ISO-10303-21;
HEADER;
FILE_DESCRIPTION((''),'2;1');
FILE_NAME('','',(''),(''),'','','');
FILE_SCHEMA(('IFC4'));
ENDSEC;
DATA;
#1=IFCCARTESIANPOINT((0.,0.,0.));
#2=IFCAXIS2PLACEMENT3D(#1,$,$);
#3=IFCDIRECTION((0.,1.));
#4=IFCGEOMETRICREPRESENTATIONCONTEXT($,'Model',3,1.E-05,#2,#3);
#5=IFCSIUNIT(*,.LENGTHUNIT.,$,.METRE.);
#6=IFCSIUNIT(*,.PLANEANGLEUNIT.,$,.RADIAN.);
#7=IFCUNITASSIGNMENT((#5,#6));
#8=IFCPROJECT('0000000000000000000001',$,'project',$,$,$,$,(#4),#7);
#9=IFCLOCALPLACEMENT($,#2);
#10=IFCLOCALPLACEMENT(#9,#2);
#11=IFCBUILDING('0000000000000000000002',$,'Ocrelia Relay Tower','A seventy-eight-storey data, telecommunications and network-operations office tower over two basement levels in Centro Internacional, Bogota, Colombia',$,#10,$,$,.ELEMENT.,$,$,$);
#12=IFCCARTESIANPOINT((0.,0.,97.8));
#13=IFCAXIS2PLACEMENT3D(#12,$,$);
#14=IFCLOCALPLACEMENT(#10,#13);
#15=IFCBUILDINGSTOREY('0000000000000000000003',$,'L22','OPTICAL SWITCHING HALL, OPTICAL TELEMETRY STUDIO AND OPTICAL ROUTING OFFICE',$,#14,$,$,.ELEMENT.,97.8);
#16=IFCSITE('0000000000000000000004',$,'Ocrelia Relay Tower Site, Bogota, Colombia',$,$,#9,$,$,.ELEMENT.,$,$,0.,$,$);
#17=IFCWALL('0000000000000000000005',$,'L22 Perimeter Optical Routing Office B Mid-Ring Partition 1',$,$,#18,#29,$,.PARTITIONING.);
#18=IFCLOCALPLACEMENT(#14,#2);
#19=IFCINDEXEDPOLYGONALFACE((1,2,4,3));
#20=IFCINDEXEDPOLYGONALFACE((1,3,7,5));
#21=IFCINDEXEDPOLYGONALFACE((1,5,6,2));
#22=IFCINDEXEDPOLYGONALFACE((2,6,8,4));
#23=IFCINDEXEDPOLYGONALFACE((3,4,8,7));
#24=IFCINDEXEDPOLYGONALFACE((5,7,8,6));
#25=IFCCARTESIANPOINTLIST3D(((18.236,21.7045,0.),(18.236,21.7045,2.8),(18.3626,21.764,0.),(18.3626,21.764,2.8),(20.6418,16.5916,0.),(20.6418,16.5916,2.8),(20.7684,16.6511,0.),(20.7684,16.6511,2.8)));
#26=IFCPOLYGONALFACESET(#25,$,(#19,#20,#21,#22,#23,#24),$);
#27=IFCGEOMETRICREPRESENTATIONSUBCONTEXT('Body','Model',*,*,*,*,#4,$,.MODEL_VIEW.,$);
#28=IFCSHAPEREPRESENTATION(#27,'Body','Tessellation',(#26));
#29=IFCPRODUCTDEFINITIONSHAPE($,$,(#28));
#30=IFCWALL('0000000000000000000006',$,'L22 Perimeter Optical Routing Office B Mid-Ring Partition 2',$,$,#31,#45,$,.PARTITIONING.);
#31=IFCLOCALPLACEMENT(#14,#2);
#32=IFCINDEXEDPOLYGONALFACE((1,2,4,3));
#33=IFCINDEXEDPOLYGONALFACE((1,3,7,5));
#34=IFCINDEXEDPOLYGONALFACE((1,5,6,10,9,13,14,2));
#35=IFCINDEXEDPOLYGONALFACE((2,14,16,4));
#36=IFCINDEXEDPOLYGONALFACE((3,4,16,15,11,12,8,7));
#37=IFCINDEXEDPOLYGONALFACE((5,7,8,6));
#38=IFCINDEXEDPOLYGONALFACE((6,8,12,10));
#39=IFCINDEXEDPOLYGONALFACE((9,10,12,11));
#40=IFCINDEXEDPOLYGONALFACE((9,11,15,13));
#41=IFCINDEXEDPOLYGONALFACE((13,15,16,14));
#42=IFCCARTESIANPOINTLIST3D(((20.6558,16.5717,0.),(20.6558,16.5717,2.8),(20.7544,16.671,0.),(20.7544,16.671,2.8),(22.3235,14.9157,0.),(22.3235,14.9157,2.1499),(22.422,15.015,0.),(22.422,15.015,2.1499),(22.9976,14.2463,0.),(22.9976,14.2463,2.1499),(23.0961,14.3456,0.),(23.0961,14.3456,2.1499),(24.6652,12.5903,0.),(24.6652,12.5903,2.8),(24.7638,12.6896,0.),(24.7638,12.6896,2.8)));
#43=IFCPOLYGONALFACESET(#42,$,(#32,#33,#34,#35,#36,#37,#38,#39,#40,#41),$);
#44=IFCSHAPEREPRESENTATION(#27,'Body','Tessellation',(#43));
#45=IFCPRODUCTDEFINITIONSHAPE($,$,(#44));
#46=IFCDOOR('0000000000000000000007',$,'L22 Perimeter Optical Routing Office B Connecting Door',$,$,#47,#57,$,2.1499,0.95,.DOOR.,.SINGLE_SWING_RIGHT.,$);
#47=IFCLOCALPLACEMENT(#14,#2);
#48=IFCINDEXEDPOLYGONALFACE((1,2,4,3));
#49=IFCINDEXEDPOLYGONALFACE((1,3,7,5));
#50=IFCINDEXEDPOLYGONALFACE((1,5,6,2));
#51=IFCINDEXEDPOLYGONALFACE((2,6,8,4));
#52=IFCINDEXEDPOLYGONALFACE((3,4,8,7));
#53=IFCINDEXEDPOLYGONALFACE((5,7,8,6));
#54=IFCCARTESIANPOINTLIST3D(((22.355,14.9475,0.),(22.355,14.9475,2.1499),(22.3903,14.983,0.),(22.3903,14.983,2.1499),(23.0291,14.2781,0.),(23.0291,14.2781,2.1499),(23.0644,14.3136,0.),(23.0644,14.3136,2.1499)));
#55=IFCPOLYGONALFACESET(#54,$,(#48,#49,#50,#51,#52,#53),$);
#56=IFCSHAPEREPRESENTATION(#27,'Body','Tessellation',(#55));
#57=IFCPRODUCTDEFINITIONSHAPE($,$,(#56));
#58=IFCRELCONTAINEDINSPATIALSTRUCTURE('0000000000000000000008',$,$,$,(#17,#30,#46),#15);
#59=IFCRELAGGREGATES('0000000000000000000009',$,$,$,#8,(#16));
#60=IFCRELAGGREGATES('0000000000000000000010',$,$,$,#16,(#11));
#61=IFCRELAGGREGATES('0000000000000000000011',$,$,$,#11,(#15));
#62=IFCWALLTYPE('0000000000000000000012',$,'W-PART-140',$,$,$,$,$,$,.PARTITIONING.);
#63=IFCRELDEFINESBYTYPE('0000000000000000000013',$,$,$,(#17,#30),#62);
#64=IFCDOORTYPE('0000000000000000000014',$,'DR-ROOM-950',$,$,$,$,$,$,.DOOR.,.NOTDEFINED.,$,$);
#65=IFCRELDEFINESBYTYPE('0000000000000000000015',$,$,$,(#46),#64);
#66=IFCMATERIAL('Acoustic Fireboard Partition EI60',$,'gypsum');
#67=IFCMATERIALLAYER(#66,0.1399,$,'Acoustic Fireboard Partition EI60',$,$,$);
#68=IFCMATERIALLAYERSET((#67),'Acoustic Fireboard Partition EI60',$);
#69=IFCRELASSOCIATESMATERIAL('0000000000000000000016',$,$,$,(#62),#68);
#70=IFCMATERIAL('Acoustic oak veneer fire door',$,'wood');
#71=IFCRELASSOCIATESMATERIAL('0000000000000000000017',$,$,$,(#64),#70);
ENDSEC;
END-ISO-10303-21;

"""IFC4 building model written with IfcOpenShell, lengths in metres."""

from ifc_helpers import new_model, si_unit, direction, frame, frame_2d, origin, place, context, subcontext, project, spatial, rectangle, extrude, material, layer, layer_set, type_object, element, fill, save


model = new_model("IFC4")

# Units and contexts
model_context = context("Model", 3, precision=1e-05, world=origin(), true_north=direction((0.0, 1.0)))
body_context = subcontext(model_context, "Body", "Model", "MODEL_VIEW")
ifc_project = project(units=[si_unit("LENGTHUNIT", "METRE"), si_unit("PLANEANGLEUNIT", "RADIAN")], contexts=[model_context])

# Site, building, storey
site_placement = place(None, origin())
site = spatial("IfcSite", under=ifc_project, at=site_placement, Name="Ocrelia Relay Tower Site, Bogota, Colombia", CompositionType="ELEMENT", RefElevation=0.0)
building_placement = place(site_placement, origin())
building = spatial("IfcBuilding", under=site, at=building_placement, Name="Ocrelia Relay Tower", Description="A seventy-eight-storey data, telecommunications and network-operations office tower over two basement levels in Centro Internacional, Bogota, Colombia", CompositionType="ELEMENT")
storey_placement = place(building_placement, frame((0.0, 0.0, 97.8)))
storey = spatial("IfcBuildingStorey", under=building, at=storey_placement, Name="L22", Description="OPTICAL SWITCHING HALL, OPTICAL TELEMETRY STUDIO AND OPTICAL ROUTING OFFICE", CompositionType="ELEMENT", Elevation=97.8)

# Shared definitions
ifc_material_1 = material(Name="Acoustic oak veneer fire door", Category="wood")

# Wall
ifc_material_2 = material(Name="Acoustic Fireboard Partition EI60", Category="gypsum")
ifc_layer_1 = layer(ifc_material_2, 0.1399, Name="Acoustic Fireboard Partition EI60")
ifc_layer_set_1 = layer_set([ifc_layer_1], Name="Acoustic Fireboard Partition EI60")
wall_type_1 = type_object("IfcWallType", Name="W-PART-140", PredefinedType="PARTITIONING", material=ifc_layer_set_1)
wall_1_placement = place(storey_placement, frame((18.2993, 21.7341, 0.0), z_axis=(0.0, 0.0, 1.0), x_axis=(0.42576, -0.904836, 0.0)))
element("IfcWall", 1, at=wall_1_placement, inside=storey, type_object=wall_type_1, Name="L22 Perimeter Optical Routing Office B Mid-Ring Partition 1", PredefinedType="PARTITIONING", context=body_context, shape_type="SweptSolid", body=[
    extrude(rectangle(XDim=5.6506, YDim=0.1399, at=frame_2d((2.8252, 0.0))), origin(), (0.0, 0.0, 1.0), 2.8),
])

# Wall, opening, door
wall_2_placement = place(storey_placement, frame((20.7051, 16.6213, 0.0), z_axis=(0.0, 0.0, 1.0), x_axis=(0.709587, -0.704618, 0.0)))
wall_2 = element("IfcWall", 2, at=wall_2_placement, inside=storey, type_object=wall_type_1, Name="L22 Perimeter Optical Routing Office B Mid-Ring Partition 2", PredefinedType="PARTITIONING", context=body_context, shape_type="SweptSolid", body=[
    extrude(rectangle(XDim=5.6504, YDim=0.1399, at=frame_2d((2.8252, 0.0))), origin(), (0.0, 0.0, 1.0), 2.8),
])
opening_1_placement = place(wall_2_placement, frame((2.3501, 0.0, 0.0)))
opening_1 = element("IfcOpeningElement", 3, at=opening_1_placement, cuts=wall_2, PredefinedType="OPENING", context=body_context, shape_type="SweptSolid", body=[
    extrude(rectangle(XDim=0.95, YDim=2.1499, at=frame_2d((0.4751, 1.075))), frame((0.0, 0.0801, 0.0), z_axis=(0.0, -1.0, 0.0), x_axis=(1.0, 0.0, 0.0)), (0.0, 0.0, 1.0), 0.1599),
])
door_type_1 = type_object("IfcDoorType", Name="DR-ROOM-950", OperationType="NOTDEFINED", PredefinedType="DOOR", material=ifc_material_1)
door_1_placement = place(opening_1_placement, origin())
door_1 = element("IfcDoor", 4, at=door_1_placement, inside=storey, type_object=door_type_1, Name="L22 Perimeter Optical Routing Office B Connecting Door", OperationType="SINGLE_SWING_RIGHT", OverallHeight=2.1499, OverallWidth=0.95, PredefinedType="DOOR", context=body_context, shape_type="SweptSolid", body=[
    extrude(rectangle(XDim=0.95, YDim=2.1499, at=frame_2d((0.4751, 1.075))), frame((0.0, 0.0249, 0.0), z_axis=(0.0, -1.0, 0.0), x_axis=(1.0, 0.0, 0.0)), (0.0, 0.0, 1.0), 0.05),
])
fill(opening_1, door_1)

save(model, "model.ifc")
